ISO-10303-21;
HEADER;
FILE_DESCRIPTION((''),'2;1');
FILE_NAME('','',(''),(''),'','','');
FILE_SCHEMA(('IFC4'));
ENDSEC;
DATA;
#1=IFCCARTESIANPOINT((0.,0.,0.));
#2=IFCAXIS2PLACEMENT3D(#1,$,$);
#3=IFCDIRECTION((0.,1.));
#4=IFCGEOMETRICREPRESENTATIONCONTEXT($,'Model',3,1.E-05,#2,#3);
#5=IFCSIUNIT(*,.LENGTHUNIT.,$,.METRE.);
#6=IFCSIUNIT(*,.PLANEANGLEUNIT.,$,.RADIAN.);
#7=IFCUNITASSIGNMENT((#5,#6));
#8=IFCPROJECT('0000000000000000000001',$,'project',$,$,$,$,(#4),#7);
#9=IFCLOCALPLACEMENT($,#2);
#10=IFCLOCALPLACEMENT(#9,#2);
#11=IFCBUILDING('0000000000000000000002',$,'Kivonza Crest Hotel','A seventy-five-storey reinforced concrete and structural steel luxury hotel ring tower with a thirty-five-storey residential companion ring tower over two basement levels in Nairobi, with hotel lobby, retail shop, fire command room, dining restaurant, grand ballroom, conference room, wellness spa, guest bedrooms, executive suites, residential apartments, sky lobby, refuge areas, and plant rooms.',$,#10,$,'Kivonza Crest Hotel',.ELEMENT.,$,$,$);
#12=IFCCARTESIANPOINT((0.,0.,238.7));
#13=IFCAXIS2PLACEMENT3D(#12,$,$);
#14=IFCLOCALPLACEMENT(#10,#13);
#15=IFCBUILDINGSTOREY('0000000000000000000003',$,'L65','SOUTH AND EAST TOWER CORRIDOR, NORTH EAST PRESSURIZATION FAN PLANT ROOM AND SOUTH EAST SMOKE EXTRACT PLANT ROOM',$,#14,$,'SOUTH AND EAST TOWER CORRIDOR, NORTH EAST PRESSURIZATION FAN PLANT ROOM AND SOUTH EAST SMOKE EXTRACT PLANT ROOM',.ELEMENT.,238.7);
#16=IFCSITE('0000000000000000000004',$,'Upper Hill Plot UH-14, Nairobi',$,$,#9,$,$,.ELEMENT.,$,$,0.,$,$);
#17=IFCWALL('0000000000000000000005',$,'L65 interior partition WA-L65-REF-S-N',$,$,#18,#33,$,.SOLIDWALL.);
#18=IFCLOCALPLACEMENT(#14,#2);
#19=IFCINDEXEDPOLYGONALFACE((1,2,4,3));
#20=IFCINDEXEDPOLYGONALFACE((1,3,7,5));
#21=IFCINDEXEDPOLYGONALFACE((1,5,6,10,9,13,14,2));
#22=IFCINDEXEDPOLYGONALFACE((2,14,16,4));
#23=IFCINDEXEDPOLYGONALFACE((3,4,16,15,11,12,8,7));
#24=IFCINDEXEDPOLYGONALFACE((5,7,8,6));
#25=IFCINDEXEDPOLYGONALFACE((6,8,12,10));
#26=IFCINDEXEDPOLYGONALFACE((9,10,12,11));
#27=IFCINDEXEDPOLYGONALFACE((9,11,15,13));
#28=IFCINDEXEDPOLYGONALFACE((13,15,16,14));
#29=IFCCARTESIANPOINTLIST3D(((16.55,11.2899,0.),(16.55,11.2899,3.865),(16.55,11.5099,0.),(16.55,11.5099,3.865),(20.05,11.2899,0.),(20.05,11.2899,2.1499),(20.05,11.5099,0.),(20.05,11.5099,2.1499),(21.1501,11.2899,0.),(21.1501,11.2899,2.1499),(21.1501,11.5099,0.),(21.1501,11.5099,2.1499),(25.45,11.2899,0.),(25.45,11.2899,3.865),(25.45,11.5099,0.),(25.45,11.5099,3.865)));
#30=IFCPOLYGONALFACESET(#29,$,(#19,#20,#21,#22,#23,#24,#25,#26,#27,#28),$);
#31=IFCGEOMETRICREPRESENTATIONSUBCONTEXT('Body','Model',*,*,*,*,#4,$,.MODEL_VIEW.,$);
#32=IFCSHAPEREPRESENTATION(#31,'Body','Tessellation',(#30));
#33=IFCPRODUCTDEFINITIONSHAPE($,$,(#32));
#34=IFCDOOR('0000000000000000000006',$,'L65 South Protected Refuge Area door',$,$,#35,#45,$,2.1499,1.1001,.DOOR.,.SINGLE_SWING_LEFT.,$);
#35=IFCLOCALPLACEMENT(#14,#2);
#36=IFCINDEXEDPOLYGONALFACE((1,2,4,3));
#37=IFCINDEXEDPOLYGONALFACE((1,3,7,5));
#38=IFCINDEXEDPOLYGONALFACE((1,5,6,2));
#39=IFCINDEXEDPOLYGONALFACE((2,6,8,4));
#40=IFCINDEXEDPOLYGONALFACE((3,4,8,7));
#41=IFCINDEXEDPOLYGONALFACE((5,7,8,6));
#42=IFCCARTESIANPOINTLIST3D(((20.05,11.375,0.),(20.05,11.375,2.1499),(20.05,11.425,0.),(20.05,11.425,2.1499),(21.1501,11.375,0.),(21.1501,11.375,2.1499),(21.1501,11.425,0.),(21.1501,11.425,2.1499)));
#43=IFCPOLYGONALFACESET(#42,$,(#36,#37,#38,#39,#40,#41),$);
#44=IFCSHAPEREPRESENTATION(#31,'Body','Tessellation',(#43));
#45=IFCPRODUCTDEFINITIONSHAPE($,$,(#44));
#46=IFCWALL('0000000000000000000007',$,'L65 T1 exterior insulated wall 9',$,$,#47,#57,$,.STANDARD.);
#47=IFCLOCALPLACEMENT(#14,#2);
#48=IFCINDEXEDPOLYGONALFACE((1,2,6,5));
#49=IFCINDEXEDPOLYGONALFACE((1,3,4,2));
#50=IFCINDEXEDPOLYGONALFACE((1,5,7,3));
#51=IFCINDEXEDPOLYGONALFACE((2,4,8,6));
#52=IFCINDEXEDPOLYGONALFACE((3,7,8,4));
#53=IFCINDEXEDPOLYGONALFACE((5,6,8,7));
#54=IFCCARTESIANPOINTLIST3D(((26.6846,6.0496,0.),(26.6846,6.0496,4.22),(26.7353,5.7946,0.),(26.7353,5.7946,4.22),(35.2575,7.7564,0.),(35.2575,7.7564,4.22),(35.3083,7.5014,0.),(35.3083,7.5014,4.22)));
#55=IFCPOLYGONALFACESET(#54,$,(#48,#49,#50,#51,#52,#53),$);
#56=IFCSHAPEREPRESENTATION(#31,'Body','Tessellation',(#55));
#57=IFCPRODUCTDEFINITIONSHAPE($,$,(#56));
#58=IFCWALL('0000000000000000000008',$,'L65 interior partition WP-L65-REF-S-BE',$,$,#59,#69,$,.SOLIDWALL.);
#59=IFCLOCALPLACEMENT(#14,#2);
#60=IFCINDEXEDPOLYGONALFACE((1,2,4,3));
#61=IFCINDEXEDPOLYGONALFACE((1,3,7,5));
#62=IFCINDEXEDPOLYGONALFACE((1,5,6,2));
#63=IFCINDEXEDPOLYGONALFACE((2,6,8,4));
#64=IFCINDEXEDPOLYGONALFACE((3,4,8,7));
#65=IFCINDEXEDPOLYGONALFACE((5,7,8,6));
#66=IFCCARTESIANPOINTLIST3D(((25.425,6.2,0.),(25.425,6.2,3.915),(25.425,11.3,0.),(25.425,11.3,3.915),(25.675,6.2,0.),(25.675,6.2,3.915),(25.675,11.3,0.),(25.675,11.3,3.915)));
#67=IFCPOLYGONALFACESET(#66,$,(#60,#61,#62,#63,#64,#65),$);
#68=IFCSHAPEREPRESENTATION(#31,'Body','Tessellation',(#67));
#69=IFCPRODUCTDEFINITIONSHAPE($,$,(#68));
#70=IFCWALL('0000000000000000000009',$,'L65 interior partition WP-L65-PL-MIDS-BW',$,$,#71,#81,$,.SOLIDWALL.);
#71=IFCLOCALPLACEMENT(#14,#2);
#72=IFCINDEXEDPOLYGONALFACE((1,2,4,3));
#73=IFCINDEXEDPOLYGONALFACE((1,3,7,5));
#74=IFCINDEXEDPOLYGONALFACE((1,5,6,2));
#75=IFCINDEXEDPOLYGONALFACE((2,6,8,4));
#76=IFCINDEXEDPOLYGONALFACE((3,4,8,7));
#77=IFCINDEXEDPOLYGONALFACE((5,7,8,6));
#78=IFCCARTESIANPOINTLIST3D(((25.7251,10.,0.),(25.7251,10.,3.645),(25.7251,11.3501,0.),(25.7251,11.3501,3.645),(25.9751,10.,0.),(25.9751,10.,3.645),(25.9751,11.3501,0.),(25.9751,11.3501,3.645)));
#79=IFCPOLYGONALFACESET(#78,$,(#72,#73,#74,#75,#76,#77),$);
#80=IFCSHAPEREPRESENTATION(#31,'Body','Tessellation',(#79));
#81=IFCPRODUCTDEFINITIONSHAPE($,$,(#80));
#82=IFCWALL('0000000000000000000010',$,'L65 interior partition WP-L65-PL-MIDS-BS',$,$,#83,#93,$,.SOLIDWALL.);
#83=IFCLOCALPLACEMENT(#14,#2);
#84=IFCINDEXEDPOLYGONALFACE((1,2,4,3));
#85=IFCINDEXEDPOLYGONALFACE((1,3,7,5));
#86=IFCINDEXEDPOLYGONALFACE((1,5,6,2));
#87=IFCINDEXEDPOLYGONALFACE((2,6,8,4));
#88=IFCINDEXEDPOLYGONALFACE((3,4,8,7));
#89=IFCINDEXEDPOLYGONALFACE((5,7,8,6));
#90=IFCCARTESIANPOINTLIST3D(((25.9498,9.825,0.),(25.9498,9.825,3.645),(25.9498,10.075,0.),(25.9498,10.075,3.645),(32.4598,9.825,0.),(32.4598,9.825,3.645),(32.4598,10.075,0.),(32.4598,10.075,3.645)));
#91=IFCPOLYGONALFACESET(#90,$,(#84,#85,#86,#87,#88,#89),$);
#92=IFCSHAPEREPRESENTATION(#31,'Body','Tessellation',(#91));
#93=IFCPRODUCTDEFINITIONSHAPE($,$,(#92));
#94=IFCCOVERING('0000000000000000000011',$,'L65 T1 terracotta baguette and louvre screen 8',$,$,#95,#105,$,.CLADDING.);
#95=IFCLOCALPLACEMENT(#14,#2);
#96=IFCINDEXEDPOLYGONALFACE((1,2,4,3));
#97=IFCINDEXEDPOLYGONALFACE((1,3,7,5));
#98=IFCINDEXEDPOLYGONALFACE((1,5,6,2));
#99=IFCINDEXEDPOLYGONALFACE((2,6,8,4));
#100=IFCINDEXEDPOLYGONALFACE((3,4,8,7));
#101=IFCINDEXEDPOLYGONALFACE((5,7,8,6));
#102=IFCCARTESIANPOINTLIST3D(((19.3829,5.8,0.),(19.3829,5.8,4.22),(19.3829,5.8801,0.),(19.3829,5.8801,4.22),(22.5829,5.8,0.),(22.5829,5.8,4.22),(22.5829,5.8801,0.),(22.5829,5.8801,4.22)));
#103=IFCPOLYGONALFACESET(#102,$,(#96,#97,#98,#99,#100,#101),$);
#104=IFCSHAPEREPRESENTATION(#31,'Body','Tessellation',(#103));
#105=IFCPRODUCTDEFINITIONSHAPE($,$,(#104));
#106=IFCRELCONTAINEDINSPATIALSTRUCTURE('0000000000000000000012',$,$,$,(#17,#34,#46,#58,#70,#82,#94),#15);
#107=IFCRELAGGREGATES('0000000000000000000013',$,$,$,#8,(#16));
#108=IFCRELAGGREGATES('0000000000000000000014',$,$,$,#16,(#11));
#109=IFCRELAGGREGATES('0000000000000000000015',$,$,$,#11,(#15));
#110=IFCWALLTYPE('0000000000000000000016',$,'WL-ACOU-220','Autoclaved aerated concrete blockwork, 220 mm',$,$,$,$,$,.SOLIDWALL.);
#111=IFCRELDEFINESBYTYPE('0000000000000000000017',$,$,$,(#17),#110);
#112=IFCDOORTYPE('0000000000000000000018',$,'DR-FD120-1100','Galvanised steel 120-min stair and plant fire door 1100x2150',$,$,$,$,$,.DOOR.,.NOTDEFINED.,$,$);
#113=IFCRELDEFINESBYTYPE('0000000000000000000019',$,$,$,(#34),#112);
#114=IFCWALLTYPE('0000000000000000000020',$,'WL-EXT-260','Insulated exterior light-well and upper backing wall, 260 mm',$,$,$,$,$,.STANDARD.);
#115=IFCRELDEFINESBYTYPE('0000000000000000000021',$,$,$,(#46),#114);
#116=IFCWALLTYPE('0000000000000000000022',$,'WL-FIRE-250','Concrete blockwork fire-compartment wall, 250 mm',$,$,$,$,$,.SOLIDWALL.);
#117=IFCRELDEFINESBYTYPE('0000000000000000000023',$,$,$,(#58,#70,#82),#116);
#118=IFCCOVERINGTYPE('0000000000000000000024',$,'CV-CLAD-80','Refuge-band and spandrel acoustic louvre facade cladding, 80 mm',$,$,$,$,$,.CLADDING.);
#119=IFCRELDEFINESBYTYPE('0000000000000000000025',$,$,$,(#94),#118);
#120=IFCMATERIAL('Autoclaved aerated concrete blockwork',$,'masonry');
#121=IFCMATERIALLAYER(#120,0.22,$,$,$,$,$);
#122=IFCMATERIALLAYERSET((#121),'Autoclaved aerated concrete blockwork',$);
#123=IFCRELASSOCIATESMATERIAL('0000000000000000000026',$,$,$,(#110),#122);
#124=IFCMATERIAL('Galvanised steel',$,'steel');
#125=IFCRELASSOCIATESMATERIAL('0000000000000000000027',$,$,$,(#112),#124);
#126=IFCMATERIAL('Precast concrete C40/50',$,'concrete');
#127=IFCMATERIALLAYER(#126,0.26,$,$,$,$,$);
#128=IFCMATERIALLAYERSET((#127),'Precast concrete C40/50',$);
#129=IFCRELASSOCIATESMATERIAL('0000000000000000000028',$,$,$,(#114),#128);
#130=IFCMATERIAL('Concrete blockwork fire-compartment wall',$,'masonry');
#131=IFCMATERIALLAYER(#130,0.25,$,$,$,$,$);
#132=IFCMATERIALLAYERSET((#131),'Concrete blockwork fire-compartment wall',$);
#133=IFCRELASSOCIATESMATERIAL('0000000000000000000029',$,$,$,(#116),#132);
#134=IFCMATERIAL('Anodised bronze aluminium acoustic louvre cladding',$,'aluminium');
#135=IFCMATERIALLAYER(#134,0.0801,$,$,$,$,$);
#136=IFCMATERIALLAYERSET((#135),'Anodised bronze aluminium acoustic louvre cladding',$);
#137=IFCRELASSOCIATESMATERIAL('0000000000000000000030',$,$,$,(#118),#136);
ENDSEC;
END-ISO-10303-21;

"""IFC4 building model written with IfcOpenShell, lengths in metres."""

from ifc_helpers import new_model, si_unit, direction, frame, frame_2d, origin, origin_2d, place, context, subcontext, project, spatial, rectangle, extrude, material, layer, layer_set, type_object, element, fill, save


model = new_model("IFC4")

# Units and contexts
model_context = context("Model", 3, precision=1e-05, world=origin(), true_north=direction((0.0, 1.0)))
body_context = subcontext(model_context, "Body", "Model", "MODEL_VIEW")
ifc_project = project(units=[si_unit("LENGTHUNIT", "METRE"), si_unit("PLANEANGLEUNIT", "RADIAN")], contexts=[model_context])

# Site, building, storey
site_placement = place(None, origin())
site = spatial("IfcSite", under=ifc_project, at=site_placement, Name="Upper Hill Plot UH-14, Nairobi", CompositionType="ELEMENT", RefElevation=0.0)
building_placement = place(site_placement, origin())
building = spatial("IfcBuilding", under=site, at=building_placement, Name="Kivonza Crest Hotel", Description="A seventy-five-storey reinforced concrete and structural steel luxury hotel ring tower with a thirty-five-storey residential companion ring tower over two basement levels in Nairobi, with hotel lobby, retail shop, fire command room, dining restaurant, grand ballroom, conference room, wellness spa, guest bedrooms, executive suites, residential apartments, sky lobby, refuge areas, and plant rooms.", LongName="Kivonza Crest Hotel", CompositionType="ELEMENT")
storey_placement = place(building_placement, frame((0.0, 0.0, 238.7)))
storey = spatial("IfcBuildingStorey", under=building, at=storey_placement, Name="L65", Description="SOUTH AND EAST TOWER CORRIDOR, NORTH EAST PRESSURIZATION FAN PLANT ROOM AND SOUTH EAST SMOKE EXTRACT PLANT ROOM", LongName="SOUTH AND EAST TOWER CORRIDOR, NORTH EAST PRESSURIZATION FAN PLANT ROOM AND SOUTH EAST SMOKE EXTRACT PLANT ROOM", CompositionType="ELEMENT", Elevation=238.7)

# Wall, opening, door
ifc_material_1 = material(Name="Autoclaved aerated concrete blockwork", Category="masonry")
ifc_layer_1 = layer(ifc_material_1, 0.22)
ifc_layer_set_1 = layer_set([ifc_layer_1], Name="Autoclaved aerated concrete blockwork")
wall_type_1 = type_object("IfcWallType", Name="WL-ACOU-220", Description="Autoclaved aerated concrete blockwork, 220 mm", PredefinedType="SOLIDWALL", material=ifc_layer_set_1)
wall_1_placement = place(storey_placement, frame((16.55, 11.3999, 0.0), z_axis=(0.0, 0.0, 1.0), x_axis=(1.0, 0.0, 0.0)))
wall_1 = element("IfcWall", 1, at=wall_1_placement, inside=storey, type_object=wall_type_1, Name="L65 interior partition WA-L65-REF-S-N", PredefinedType="SOLIDWALL", context=body_context, shape_type="SweptSolid", body=[
    extrude(rectangle(XDim=8.8999, YDim=0.22, at=frame_2d((4.45, 0.0))), origin(), (0.0, 0.0, 1.0), 3.865),
])
opening_placement = place(wall_1_placement, frame((3.5, 0.0, 0.0)))
opening = element("IfcOpeningElement", 2, at=opening_placement, cuts=wall_1, PredefinedType="OPENING", context=body_context, shape_type="SweptSolid", body=[
    extrude(rectangle(XDim=1.1001, YDim=2.1499, at=frame_2d((0.55, 1.075))), frame((0.0, 0.1201, 0.0), z_axis=(0.0, -1.0, 0.0), x_axis=(1.0, 0.0, 0.0)), (0.0, 0.0, 1.0), 0.24),
])
ifc_material_2 = material(Name="Galvanised steel", Category="steel")
door_type = type_object("IfcDoorType", Name="DR-FD120-1100", Description="Galvanised steel 120-min stair and plant fire door 1100x2150", OperationType="NOTDEFINED", PredefinedType="DOOR", material=ifc_material_2)
door_placement = place(opening_placement, frame((1.1001, 0.0, 0.0), z_axis=(0.0, 0.0, 1.0), x_axis=(-1.0, 0.0, 0.0)))
door = element("IfcDoor", 3, at=door_placement, inside=storey, type_object=door_type, Name="L65 South Protected Refuge Area door", OperationType="SINGLE_SWING_LEFT", OverallHeight=2.1499, OverallWidth=1.1001, PredefinedType="DOOR", context=body_context, shape_type="SweptSolid", body=[
    extrude(rectangle(XDim=1.1001, YDim=2.1499, at=frame_2d((0.55, 1.075))), frame((0.0, 0.0249, 0.0), z_axis=(0.0, -1.0, 0.0), x_axis=(1.0, 0.0, 0.0)), (0.0, 0.0, 1.0), 0.05),
])
fill(opening, door)

# Walls
ifc_material_3 = material(Name="Precast concrete C40/50", Category="concrete")
ifc_layer_2 = layer(ifc_material_3, 0.26)
ifc_layer_set_2 = layer_set([ifc_layer_2], Name="Precast concrete C40/50")
wall_type_2 = type_object("IfcWallType", Name="WL-EXT-260", Description="Insulated exterior light-well and upper backing wall, 260 mm", PredefinedType="STANDARD", material=ifc_layer_set_2)
wall_2_placement = place(storey_placement, frame((26.71, 5.9221, 0.0), z_axis=(0.0, 0.0, 1.0), x_axis=(0.980752, 0.195257, 0.0)))
element("IfcWall", 4, at=wall_2_placement, inside=storey, type_object=wall_type_2, Name="L65 T1 exterior insulated wall 9", PredefinedType="STANDARD", context=body_context, shape_type="SweptSolid", body=[
    extrude(rectangle(XDim=8.7412, YDim=0.26, at=frame_2d((4.3706, 0.0))), origin(), (0.0, 0.0, 1.0), 4.22),
])
ifc_material_4 = material(Name="Concrete blockwork fire-compartment wall", Category="masonry")
ifc_layer_3 = layer(ifc_material_4, 0.25)
ifc_layer_set_3 = layer_set([ifc_layer_3], Name="Concrete blockwork fire-compartment wall")
wall_type_3 = type_object("IfcWallType", Name="WL-FIRE-250", Description="Concrete blockwork fire-compartment wall, 250 mm", PredefinedType="SOLIDWALL", material=ifc_layer_set_3)
wall_3_placement = place(storey_placement, frame((25.55, 6.2, 0.0), z_axis=(0.0, 0.0, 1.0), x_axis=(0.0, 1.0, 0.0)))
element("IfcWall", 5, at=wall_3_placement, inside=storey, type_object=wall_type_3, Name="L65 interior partition WP-L65-REF-S-BE", PredefinedType="SOLIDWALL", context=body_context, shape_type="SweptSolid", body=[
    extrude(rectangle(XDim=5.1001, YDim=0.25, at=frame_2d((2.55, 0.0))), origin(), (0.0, 0.0, 1.0), 3.915),
])
wall_4_placement = place(storey_placement, frame((25.8501, 10.0, 0.0), z_axis=(0.0, 0.0, 1.0), x_axis=(0.0, 1.0, 0.0)))
element("IfcWall", 6, at=wall_4_placement, inside=storey, type_object=wall_type_3, Name="L65 interior partition WP-L65-PL-MIDS-BW", PredefinedType="SOLIDWALL", context=body_context, shape_type="SweptSolid", body=[
    extrude(rectangle(XDim=1.3501, YDim=0.25, at=frame_2d((0.675, 0.0))), origin(), (0.0, 0.0, 1.0), 3.645),
])
wall_5_placement = place(storey_placement, frame((25.95, 9.95, 0.0), z_axis=(0.0, 0.0, 1.0), x_axis=(1.0, 0.0, 0.0)))
element("IfcWall", 7, at=wall_5_placement, inside=storey, type_object=wall_type_3, Name="L65 interior partition WP-L65-PL-MIDS-BS", PredefinedType="SOLIDWALL", context=body_context, shape_type="SweptSolid", body=[
    extrude(rectangle(XDim=6.51, YDim=0.25, at=frame_2d((3.2549, 0.0))), origin(), (0.0, 0.0, 1.0), 3.645),
])

# Covering
ifc_material_5 = material(Name="Anodised bronze aluminium acoustic louvre cladding", Category="aluminium")
ifc_layer_4 = layer(ifc_material_5, 0.0801)
ifc_layer_set_4 = layer_set([ifc_layer_4], Name="Anodised bronze aluminium acoustic louvre cladding")
covering_type = type_object("IfcCoveringType", Name="CV-CLAD-80", Description="Refuge-band and spandrel acoustic louvre facade cladding, 80 mm", PredefinedType="CLADDING", material=ifc_layer_set_4)
covering_placement = place(storey_placement, frame((20.9829, 5.8401, 0.0), z_axis=(0.0, 0.0, 1.0), x_axis=(1.0, 0.0, 0.0)))
element("IfcCovering", 8, at=covering_placement, inside=storey, type_object=covering_type, Name="L65 T1 terracotta baguette and louvre screen 8", PredefinedType="CLADDING", context=body_context, shape_type="SweptSolid", body=[
    extrude(rectangle(XDim=3.2, YDim=0.0801, at=origin_2d()), origin(), (0.0, 0.0, 1.0), 4.22),
])

save(model, "model.ifc")
